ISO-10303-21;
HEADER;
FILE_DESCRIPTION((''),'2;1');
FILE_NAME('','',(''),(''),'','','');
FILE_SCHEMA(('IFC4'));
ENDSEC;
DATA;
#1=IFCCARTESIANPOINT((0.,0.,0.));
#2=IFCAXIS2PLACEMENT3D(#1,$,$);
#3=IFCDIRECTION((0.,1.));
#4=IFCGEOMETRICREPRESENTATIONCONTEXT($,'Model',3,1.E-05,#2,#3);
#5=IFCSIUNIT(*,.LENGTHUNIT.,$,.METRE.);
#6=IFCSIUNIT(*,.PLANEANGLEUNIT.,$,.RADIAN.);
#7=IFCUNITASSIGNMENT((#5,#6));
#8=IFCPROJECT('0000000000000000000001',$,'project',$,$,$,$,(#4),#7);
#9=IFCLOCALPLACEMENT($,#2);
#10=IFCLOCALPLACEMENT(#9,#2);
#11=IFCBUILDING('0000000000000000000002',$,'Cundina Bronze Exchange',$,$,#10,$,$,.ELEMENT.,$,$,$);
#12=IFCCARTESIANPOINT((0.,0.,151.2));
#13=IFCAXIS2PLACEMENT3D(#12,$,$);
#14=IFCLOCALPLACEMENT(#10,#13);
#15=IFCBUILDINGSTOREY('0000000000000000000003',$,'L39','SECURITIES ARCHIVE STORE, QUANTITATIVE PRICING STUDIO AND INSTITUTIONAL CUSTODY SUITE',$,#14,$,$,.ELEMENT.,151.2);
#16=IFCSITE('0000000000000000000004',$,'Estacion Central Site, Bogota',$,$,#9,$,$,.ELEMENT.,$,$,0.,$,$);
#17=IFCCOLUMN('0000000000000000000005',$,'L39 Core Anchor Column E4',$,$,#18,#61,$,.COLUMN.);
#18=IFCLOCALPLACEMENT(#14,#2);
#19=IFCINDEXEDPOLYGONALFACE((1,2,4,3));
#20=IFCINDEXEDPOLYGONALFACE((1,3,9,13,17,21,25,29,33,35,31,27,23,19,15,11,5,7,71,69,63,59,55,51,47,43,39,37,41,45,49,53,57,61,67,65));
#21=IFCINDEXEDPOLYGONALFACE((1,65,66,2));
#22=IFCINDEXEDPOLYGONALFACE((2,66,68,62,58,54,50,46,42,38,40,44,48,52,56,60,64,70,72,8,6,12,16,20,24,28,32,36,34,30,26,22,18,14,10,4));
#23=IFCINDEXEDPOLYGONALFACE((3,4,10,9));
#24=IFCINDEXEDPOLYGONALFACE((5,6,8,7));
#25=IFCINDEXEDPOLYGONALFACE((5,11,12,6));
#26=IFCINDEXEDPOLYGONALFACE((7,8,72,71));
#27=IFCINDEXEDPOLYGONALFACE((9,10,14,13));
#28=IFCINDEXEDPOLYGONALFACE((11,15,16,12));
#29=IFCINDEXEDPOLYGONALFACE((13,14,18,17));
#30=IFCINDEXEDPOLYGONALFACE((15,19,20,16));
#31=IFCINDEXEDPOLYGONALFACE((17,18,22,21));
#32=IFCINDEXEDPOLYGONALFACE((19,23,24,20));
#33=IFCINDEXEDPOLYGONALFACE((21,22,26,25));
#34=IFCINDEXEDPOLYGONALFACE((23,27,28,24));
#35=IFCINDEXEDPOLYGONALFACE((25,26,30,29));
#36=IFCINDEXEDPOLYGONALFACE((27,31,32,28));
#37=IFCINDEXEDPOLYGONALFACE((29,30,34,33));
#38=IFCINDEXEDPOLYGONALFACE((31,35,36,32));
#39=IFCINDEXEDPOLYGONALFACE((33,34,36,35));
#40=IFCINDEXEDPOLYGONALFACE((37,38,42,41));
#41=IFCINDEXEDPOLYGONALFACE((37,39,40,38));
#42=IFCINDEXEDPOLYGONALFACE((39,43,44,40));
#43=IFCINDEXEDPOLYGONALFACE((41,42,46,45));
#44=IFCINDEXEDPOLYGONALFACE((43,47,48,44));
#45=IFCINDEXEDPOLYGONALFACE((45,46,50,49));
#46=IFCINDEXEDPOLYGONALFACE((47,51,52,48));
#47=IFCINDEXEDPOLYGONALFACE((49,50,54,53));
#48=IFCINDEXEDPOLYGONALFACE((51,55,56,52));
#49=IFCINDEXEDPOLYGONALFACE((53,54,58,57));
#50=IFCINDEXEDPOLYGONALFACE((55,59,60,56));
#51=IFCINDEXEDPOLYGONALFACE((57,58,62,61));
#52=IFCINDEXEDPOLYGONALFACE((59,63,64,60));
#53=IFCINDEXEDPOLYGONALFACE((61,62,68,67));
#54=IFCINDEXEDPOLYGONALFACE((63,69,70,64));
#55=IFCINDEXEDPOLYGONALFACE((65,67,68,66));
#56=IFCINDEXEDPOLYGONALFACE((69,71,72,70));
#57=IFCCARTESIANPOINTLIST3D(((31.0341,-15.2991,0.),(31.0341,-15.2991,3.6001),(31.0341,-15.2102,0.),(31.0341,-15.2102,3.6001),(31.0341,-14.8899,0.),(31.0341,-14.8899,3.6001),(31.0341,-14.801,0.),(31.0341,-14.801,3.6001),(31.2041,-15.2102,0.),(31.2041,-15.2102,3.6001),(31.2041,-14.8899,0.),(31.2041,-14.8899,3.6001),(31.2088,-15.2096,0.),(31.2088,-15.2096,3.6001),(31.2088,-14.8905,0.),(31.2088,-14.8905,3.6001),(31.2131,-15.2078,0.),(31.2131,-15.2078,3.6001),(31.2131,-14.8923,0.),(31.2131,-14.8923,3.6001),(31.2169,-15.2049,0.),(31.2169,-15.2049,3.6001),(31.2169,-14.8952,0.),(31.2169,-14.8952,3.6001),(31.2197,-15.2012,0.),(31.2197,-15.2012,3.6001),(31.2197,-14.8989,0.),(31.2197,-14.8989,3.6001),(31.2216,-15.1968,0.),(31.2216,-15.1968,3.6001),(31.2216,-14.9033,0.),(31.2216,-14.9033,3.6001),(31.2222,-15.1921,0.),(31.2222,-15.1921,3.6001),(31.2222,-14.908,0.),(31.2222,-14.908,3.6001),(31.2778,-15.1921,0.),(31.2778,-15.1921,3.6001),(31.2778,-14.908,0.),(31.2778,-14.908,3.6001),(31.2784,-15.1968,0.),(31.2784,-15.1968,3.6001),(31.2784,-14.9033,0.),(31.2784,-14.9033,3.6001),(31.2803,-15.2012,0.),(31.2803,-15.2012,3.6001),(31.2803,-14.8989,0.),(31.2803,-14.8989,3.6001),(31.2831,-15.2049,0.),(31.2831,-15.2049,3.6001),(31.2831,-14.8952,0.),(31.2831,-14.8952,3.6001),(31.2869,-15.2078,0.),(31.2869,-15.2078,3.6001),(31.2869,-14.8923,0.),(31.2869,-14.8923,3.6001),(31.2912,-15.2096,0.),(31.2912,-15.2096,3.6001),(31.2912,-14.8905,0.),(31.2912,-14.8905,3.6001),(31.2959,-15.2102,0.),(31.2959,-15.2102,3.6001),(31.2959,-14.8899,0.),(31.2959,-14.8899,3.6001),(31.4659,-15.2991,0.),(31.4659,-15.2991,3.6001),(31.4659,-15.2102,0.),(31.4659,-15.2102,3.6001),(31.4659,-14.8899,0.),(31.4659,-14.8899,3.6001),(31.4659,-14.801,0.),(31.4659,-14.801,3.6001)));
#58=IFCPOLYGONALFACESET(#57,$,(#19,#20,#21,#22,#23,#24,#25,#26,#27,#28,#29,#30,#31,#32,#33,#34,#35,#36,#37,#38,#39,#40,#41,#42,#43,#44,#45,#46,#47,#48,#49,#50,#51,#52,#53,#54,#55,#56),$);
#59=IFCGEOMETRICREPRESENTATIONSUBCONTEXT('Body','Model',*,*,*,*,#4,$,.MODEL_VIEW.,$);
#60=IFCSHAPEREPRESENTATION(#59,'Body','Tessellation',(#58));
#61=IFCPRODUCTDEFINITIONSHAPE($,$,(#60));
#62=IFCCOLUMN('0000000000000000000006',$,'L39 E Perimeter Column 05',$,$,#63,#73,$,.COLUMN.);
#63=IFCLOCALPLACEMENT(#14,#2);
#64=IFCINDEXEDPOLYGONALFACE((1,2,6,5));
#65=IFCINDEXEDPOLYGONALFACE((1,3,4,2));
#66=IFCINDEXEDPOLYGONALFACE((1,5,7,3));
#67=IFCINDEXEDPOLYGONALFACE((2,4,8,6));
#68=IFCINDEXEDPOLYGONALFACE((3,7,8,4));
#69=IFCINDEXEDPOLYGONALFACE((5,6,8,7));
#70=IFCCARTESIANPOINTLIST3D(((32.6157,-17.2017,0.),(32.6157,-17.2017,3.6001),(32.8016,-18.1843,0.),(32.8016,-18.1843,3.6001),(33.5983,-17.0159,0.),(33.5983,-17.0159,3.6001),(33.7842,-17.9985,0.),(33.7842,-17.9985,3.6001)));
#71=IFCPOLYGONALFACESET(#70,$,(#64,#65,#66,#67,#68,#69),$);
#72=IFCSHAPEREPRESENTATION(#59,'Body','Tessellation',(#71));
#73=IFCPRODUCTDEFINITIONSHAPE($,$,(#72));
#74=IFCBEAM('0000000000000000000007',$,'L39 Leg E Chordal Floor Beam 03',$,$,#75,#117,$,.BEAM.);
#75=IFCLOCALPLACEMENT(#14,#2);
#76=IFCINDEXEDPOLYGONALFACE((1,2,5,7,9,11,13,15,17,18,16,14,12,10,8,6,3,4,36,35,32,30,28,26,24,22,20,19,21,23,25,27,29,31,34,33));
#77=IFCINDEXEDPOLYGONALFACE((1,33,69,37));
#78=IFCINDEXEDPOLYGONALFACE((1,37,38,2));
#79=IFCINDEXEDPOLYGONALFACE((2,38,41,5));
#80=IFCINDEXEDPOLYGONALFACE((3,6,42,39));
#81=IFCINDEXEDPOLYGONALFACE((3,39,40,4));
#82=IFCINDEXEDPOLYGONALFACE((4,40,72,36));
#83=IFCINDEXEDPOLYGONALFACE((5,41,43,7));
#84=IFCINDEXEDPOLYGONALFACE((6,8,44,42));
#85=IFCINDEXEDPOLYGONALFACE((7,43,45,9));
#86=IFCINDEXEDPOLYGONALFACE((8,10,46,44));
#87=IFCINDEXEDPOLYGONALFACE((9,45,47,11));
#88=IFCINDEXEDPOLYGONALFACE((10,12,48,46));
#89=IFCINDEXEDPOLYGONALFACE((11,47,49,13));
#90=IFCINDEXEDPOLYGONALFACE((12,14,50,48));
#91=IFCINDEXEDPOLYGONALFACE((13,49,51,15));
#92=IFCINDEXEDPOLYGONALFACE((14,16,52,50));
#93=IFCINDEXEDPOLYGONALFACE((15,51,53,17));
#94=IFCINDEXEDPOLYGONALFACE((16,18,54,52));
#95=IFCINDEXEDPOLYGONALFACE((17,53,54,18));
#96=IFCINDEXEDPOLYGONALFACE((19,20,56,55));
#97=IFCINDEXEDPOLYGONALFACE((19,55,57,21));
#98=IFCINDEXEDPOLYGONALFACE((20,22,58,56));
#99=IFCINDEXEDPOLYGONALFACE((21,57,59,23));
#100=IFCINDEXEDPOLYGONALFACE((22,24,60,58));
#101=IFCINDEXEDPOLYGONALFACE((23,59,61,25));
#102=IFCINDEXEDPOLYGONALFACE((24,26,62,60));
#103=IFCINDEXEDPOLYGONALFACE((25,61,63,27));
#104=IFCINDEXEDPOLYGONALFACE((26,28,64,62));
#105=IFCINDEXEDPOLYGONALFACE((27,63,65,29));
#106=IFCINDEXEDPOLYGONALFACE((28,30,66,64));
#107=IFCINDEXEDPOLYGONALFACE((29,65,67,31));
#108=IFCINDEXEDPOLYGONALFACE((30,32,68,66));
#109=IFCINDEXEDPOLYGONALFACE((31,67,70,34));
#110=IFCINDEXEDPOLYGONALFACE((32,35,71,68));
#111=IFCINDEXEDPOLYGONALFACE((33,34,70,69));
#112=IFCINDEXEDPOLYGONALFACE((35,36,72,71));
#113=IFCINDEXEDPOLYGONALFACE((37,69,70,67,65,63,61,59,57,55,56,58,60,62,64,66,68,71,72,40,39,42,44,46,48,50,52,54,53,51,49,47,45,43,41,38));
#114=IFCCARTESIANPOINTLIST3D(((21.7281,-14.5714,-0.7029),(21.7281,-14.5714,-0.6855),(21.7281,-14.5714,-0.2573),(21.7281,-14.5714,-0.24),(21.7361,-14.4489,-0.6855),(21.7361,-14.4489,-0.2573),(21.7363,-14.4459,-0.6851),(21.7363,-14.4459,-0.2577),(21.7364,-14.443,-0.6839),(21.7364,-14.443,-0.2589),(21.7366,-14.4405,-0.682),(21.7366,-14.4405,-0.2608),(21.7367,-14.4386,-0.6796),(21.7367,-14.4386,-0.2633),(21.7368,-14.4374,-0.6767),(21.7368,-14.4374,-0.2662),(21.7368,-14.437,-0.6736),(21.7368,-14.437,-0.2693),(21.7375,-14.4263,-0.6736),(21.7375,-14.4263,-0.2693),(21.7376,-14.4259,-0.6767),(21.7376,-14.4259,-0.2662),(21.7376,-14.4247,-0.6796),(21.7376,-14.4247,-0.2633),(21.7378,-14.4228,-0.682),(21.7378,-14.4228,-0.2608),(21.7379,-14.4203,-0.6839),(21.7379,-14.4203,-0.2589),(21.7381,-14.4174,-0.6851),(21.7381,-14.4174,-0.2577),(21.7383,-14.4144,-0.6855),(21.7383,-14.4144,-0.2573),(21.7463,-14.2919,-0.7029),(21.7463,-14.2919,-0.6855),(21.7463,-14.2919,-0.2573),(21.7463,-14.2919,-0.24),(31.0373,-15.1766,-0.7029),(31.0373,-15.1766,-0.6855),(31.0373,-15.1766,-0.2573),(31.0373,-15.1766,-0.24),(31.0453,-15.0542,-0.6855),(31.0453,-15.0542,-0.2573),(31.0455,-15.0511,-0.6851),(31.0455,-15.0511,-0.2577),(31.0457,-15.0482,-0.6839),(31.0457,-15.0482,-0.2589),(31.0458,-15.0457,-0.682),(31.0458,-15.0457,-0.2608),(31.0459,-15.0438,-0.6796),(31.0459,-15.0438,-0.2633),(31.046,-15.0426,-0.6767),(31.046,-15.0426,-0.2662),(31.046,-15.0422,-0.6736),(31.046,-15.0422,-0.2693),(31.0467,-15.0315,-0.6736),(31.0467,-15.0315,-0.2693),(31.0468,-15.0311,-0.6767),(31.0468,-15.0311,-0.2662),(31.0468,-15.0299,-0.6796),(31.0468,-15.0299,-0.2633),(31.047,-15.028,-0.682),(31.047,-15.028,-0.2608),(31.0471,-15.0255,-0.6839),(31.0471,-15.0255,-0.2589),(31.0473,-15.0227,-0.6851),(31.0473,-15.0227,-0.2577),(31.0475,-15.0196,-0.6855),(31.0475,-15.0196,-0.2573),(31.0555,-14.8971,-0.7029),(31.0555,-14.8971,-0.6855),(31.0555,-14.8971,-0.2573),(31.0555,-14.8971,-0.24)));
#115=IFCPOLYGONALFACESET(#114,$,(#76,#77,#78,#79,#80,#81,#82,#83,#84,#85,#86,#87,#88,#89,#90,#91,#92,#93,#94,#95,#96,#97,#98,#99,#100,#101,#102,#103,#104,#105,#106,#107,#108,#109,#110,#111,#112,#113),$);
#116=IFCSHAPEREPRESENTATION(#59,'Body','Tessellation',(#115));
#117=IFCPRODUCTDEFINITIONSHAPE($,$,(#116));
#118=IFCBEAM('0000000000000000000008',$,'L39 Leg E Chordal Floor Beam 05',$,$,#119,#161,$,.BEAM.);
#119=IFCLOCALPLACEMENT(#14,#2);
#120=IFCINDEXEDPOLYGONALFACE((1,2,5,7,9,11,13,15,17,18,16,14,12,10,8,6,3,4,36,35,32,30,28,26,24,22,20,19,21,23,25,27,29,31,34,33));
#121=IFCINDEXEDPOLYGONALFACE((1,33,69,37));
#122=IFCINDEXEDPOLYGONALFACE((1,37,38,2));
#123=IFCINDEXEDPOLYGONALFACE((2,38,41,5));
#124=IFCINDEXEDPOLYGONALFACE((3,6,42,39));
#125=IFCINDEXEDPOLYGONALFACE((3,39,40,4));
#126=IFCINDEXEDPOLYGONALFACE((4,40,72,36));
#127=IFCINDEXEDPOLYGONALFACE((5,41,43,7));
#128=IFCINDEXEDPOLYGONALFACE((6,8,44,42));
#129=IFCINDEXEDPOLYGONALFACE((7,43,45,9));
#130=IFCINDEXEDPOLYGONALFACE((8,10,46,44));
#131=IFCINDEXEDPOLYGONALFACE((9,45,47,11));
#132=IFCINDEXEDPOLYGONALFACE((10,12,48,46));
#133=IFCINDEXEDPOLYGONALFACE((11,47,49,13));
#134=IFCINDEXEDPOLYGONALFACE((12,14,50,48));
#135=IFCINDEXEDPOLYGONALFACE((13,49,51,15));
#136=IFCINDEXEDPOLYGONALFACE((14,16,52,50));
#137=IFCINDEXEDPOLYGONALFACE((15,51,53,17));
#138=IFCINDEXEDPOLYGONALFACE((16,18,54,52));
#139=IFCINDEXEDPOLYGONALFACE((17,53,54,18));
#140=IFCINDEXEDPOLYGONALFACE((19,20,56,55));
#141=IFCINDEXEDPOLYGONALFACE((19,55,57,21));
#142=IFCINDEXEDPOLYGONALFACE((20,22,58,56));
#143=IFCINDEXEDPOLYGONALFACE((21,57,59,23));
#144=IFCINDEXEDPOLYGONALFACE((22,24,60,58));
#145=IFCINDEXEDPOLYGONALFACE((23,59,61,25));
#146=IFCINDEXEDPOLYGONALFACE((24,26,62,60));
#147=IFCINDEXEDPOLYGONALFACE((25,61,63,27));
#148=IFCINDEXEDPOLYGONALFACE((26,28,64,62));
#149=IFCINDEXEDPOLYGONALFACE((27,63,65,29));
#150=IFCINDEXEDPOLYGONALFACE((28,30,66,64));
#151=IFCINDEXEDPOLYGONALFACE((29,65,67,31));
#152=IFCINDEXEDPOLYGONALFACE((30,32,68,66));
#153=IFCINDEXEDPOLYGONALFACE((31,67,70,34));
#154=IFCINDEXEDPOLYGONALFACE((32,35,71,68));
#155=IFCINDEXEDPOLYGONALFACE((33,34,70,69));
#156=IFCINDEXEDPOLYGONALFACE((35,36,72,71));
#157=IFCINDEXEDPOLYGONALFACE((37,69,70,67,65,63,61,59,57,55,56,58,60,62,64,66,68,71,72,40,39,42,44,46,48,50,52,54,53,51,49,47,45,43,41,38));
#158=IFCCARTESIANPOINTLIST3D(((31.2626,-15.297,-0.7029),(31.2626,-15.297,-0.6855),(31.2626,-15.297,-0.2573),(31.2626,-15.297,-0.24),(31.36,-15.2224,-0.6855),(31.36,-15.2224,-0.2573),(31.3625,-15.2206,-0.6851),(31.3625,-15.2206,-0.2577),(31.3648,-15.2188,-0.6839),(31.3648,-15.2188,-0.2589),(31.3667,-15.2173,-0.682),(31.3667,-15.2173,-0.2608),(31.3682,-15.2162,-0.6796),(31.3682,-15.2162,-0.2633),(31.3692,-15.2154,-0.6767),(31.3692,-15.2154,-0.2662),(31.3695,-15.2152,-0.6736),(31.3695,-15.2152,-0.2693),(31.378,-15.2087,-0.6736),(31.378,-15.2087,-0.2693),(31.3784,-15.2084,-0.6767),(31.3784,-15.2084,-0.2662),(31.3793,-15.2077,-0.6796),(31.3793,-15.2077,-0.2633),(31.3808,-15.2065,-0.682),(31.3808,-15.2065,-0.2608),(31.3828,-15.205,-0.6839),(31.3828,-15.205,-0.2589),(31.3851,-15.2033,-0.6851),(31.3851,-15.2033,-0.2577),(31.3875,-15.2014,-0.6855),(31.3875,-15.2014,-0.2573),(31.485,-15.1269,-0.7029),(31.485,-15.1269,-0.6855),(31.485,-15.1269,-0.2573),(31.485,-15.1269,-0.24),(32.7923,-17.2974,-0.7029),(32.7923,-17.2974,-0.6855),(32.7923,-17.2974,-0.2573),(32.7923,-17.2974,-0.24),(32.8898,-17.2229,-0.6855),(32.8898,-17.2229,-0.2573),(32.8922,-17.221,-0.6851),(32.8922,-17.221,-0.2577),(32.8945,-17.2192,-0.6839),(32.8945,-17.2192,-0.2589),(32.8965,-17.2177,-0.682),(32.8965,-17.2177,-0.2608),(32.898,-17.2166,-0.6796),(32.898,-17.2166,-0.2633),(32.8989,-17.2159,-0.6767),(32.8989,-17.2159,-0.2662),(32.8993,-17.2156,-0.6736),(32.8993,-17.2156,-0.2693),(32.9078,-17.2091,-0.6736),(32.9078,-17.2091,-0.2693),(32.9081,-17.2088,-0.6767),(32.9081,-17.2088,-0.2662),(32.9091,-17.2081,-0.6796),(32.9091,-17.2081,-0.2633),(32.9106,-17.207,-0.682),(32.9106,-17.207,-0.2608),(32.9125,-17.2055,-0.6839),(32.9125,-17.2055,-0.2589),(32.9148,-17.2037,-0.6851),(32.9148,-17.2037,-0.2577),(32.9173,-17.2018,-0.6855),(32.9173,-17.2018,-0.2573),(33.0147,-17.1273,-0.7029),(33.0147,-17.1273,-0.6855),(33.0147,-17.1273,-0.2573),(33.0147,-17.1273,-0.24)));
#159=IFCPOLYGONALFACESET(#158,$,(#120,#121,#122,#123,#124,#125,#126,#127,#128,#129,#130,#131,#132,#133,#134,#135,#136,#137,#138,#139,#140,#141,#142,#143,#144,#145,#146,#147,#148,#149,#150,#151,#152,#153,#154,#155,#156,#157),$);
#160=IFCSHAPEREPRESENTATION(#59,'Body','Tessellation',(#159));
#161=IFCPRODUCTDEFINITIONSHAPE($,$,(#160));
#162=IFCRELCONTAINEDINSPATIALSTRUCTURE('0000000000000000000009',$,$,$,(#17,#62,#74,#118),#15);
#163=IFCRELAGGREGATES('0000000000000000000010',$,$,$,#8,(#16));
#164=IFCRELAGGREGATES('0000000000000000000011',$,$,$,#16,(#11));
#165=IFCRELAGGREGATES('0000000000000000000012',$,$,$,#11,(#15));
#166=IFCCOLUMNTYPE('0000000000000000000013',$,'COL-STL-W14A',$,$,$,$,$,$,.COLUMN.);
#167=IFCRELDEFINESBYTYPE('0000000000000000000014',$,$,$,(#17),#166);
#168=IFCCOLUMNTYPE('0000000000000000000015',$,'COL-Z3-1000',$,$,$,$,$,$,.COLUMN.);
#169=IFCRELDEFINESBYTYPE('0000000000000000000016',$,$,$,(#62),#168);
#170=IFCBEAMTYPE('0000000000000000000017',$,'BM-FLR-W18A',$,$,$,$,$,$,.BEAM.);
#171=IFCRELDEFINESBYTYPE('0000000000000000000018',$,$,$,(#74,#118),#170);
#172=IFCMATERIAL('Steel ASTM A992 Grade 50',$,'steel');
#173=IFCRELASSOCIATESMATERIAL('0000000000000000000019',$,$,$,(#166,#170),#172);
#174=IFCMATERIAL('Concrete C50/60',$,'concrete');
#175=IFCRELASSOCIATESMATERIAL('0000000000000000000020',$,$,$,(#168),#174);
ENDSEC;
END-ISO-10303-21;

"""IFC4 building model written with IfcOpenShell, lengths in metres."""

from ifc_helpers import new_model, si_unit, direction, frame, origin, origin_2d, place, context, subcontext, project, spatial, rectangle, i_section, extrude, material, material_profile, profile_set, type_object, element, save


model = new_model("IFC4")

# Units and contexts
model_context = context("Model", 3, precision=1e-05, world=origin(), true_north=direction((0.0, 1.0)))
body_context = subcontext(model_context, "Body", "Model", "MODEL_VIEW")
ifc_project = project(units=[si_unit("LENGTHUNIT", "METRE"), si_unit("PLANEANGLEUNIT", "RADIAN")], contexts=[model_context])

# Site, building, storey
site_placement = place(None, origin())
site = spatial("IfcSite", under=ifc_project, at=site_placement, Name="Estacion Central Site, Bogota", CompositionType="ELEMENT", RefElevation=0.0)
building_placement = place(site_placement, origin())
building = spatial("IfcBuilding", under=site, at=building_placement, Name="Cundina Bronze Exchange", CompositionType="ELEMENT")
storey_placement = place(building_placement, frame((0.0, 0.0, 151.2)))
storey = spatial("IfcBuildingStorey", under=building, at=storey_placement, Name="L39", Description="SECURITIES ARCHIVE STORE, QUANTITATIVE PRICING STUDIO AND INSTITUTIONAL CUSTODY SUITE", CompositionType="ELEMENT", Elevation=151.2)

# Columns
ifc_material_1 = material(Name="Steel ASTM A992 Grade 50", Category="steel")
ifc_material_profile_1 = material_profile(ifc_material_1, i_section(OverallWidth=0.4319, OverallDepth=0.498, WebThickness=0.0557, FlangeThickness=0.0889, FilletRadius=0.0181, at=origin_2d()), Name="W14X500", Category="steel")
ifc_profile_set_1 = profile_set([ifc_material_profile_1], Name="Steel ASTM A992 Grade 50")
column_type_1 = type_object("IfcColumnType", Name="COL-STL-W14A", PredefinedType="COLUMN", material=ifc_profile_set_1)
column_1_placement = place(storey_placement, frame((31.25, -15.05, 0.0), z_axis=(0.0, 0.0, 1.0), x_axis=(1.0, 0.0, 0.0)))
element("IfcColumn", 1, at=column_1_placement, inside=storey, type_object=column_type_1, Name="L39 Core Anchor Column E4", PredefinedType="COLUMN", context=body_context, shape_type="SweptSolid", body=[
    extrude(i_section(OverallWidth=0.4319, OverallDepth=0.498, WebThickness=0.0557, FlangeThickness=0.0889, FilletRadius=0.0181, at=origin_2d()), origin(), (0.0, 0.0, 1.0), 3.6001),
])
ifc_material_2 = material(Name="Concrete C50/60", Category="concrete")
ifc_material_profile_2 = material_profile(ifc_material_2, rectangle(XDim=1.0, YDim=1.0, at=origin_2d()), Name="RC1000X1000", Category="concrete")
ifc_profile_set_2 = profile_set([ifc_material_profile_2], Name="Concrete C50/60")
column_type_2 = type_object("IfcColumnType", Name="COL-Z3-1000", PredefinedType="COLUMN", material=ifc_profile_set_2)
column_2_placement = place(storey_placement, frame((33.2, -17.6001, 0.0), z_axis=(0.0, 0.0, 1.0), x_axis=(0.98258, 0.185838, 0.0)))
element("IfcColumn", 2, at=column_2_placement, inside=storey, type_object=column_type_2, Name="L39 E Perimeter Column 05", PredefinedType="COLUMN", context=body_context, shape_type="SweptSolid", body=[
    extrude(rectangle(XDim=1.0, YDim=1.0, at=origin_2d()), origin(), (0.0, 0.0, 1.0), 3.6001),
])

# Beams
ifc_material_profile_3 = material_profile(ifc_material_1, i_section(OverallWidth=0.28, OverallDepth=0.4629, WebThickness=0.0107, FlangeThickness=0.0173, FilletRadius=0.012, at=origin_2d()), Name="W18X76", Category="steel")
ifc_profile_set_3 = profile_set([ifc_material_profile_3], Name="Steel ASTM A992 Grade 50")
beam_type_1 = type_object("IfcBeamType", Name="BM-FLR-W18A", PredefinedType="BEAM", material=ifc_profile_set_3)
beam_1_placement = place(storey_placement, frame((31.0464, -15.0369, -0.4714), z_axis=(-0.997893, 0.064876, 0.0), x_axis=(-0.064876, -0.997893, 0.0)))
element("IfcBeam", 3, at=beam_1_placement, inside=storey, type_object=beam_type_1, Name="L39 Leg E Chordal Floor Beam 03", PredefinedType="BEAM", context=body_context, shape_type="SweptSolid", body=[
    extrude(i_section(OverallWidth=0.28, OverallDepth=0.4629, WebThickness=0.0107, FlangeThickness=0.0173, FilletRadius=0.012, at=origin_2d()), origin(), (0.0, 0.0, 1.0), 9.3289),
])
beam_2_placement = place(storey_placement, frame((31.3738, -15.2119, -0.4714), z_axis=(0.60745, -0.794358, 0.0), x_axis=(0.794358, 0.60745, 0.0)))
element("IfcBeam", 4, at=beam_2_placement, inside=storey, type_object=beam_type_1, Name="L39 Leg E Chordal Floor Beam 05", PredefinedType="BEAM", context=body_context, shape_type="SweptSolid", body=[
    extrude(i_section(OverallWidth=0.28, OverallDepth=0.4629, WebThickness=0.0107, FlangeThickness=0.0173, FilletRadius=0.012, at=origin_2d()), origin(), (0.0, 0.0, 1.0), 2.5183),
])

save(model, "model.ifc")
